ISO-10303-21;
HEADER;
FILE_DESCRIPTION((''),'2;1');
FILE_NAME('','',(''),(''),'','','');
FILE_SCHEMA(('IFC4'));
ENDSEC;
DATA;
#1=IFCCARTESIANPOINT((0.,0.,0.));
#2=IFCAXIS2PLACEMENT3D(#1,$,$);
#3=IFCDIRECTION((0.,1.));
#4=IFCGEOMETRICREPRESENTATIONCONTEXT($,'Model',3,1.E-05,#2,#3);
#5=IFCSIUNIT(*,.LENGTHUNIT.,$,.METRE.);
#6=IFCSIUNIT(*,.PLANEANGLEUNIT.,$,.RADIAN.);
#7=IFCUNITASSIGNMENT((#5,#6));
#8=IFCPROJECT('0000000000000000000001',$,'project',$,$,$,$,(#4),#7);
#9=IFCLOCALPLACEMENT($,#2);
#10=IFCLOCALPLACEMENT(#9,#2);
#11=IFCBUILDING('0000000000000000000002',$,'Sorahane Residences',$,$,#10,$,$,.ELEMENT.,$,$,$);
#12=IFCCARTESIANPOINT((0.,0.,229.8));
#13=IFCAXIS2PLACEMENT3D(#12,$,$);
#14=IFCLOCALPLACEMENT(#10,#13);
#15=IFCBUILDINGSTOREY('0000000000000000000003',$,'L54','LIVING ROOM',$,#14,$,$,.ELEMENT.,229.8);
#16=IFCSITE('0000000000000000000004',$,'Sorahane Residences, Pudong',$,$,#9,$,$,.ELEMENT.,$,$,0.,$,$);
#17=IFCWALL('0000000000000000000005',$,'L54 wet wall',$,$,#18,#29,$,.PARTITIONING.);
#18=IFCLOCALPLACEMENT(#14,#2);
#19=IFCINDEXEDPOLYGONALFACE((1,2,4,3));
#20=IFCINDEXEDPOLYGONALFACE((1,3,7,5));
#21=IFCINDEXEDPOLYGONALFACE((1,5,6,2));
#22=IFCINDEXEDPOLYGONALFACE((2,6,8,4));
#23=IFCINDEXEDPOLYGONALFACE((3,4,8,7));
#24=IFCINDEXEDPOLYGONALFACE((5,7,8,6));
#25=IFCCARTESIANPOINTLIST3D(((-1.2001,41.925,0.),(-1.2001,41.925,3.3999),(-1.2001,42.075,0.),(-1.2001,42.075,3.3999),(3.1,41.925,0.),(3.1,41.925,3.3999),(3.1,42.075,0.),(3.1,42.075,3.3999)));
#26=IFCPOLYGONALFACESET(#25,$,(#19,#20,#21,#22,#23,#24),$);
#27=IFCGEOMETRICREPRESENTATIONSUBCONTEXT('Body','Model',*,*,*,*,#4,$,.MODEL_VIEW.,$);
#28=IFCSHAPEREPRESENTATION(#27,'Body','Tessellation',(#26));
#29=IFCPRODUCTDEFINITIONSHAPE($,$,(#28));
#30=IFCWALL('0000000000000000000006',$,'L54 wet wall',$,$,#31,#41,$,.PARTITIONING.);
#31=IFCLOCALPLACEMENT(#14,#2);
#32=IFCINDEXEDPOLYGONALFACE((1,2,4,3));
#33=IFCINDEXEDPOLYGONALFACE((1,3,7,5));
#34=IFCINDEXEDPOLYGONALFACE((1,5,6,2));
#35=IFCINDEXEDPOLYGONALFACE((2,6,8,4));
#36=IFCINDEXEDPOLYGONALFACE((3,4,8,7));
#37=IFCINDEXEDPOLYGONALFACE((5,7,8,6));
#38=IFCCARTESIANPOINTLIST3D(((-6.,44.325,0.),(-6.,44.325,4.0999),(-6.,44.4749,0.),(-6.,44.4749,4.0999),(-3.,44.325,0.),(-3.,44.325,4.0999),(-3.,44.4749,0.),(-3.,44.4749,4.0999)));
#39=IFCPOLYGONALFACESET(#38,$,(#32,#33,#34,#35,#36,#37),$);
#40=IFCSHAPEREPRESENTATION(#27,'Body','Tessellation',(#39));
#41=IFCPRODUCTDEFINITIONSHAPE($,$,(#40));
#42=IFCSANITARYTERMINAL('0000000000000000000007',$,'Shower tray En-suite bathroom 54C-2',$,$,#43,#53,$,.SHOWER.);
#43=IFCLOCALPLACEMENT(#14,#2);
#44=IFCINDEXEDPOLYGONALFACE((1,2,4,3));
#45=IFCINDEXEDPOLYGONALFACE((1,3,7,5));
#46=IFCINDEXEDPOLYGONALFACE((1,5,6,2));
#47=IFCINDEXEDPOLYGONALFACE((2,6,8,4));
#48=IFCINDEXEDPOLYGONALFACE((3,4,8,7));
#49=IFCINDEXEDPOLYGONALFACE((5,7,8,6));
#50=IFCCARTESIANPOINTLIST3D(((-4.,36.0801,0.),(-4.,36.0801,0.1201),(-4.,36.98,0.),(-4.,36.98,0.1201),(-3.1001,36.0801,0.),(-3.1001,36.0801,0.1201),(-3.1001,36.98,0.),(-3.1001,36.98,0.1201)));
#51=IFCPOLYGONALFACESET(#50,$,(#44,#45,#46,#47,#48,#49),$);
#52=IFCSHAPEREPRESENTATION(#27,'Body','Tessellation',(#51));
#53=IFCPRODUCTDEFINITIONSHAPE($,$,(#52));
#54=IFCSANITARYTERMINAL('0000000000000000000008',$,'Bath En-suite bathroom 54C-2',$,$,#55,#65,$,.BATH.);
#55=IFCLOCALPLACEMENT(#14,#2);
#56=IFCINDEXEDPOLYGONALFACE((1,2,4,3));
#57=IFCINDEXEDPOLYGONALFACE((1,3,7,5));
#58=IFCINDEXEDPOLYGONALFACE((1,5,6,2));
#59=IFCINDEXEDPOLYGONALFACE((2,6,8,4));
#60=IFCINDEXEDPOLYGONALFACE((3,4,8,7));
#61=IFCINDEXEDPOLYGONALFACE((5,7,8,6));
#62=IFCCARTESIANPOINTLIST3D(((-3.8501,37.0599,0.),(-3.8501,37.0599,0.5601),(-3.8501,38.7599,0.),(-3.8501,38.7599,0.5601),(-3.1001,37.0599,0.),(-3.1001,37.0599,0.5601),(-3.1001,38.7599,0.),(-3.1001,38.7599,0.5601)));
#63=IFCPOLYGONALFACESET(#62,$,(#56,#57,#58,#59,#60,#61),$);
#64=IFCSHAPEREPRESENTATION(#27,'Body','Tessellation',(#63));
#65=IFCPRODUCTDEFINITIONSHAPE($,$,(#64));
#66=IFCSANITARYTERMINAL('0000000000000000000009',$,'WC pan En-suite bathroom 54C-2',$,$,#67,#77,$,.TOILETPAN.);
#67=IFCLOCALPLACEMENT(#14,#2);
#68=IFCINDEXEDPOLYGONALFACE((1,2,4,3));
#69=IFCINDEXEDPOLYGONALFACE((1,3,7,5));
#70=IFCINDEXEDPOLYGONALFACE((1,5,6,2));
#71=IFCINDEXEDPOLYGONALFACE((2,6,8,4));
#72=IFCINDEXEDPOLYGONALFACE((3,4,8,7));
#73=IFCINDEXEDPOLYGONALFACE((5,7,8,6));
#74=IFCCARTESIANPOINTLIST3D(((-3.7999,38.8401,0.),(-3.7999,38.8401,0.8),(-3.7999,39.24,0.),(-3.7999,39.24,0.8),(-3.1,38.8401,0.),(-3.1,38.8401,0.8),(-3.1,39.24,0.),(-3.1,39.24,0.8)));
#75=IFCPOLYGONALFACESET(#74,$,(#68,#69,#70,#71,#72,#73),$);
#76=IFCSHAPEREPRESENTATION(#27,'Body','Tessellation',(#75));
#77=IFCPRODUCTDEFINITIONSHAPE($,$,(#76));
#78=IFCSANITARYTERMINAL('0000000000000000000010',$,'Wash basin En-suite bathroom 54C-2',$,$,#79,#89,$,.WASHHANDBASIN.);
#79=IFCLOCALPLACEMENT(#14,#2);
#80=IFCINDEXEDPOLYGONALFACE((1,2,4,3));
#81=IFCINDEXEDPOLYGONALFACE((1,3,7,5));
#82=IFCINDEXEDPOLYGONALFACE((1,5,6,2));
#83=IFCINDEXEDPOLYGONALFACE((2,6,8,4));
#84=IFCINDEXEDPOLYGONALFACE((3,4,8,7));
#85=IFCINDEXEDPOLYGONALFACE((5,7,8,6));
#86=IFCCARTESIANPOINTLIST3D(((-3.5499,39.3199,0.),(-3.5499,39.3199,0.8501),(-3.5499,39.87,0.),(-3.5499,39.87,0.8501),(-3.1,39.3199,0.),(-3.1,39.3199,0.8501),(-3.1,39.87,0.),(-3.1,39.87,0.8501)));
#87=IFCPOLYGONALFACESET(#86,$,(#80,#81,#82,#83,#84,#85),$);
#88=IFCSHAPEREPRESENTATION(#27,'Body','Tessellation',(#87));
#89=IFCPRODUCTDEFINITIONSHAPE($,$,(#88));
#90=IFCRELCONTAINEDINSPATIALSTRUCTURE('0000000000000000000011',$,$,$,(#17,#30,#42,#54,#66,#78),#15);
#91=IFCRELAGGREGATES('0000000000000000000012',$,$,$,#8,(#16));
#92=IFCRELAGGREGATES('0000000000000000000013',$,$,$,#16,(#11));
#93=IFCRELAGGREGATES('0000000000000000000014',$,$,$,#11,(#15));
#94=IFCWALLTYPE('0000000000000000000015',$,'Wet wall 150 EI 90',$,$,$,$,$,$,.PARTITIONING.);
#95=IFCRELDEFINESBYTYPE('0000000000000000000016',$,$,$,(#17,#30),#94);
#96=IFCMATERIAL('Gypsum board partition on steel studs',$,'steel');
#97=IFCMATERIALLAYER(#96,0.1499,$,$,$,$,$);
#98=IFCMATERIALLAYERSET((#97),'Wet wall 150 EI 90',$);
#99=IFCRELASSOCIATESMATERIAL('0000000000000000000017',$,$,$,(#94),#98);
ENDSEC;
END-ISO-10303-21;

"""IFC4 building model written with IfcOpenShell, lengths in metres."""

from ifc_helpers import new_model, si_unit, direction, frame, frame_2d, origin, origin_2d, place, context, subcontext, project, spatial, rectangle, extrude, material, layer, layer_set, type_object, element, save


model = new_model("IFC4")

# Units and contexts
model_context = context("Model", 3, precision=1e-05, world=origin(), true_north=direction((0.0, 1.0)))
body_context = subcontext(model_context, "Body", "Model", "MODEL_VIEW")
ifc_project = project(units=[si_unit("LENGTHUNIT", "METRE"), si_unit("PLANEANGLEUNIT", "RADIAN")], contexts=[model_context])

# Site, building, storey
site_placement = place(None, origin())
site = spatial("IfcSite", under=ifc_project, at=site_placement, Name="Sorahane Residences, Pudong", CompositionType="ELEMENT", RefElevation=0.0)
building_placement = place(site_placement, origin())
building = spatial("IfcBuilding", under=site, at=building_placement, Name="Sorahane Residences", CompositionType="ELEMENT")
storey_placement = place(building_placement, frame((0.0, 0.0, 229.8)))
storey = spatial("IfcBuildingStorey", under=building, at=storey_placement, Name="L54", Description="LIVING ROOM", CompositionType="ELEMENT", Elevation=229.8)

# Walls
ifc_material_1 = material(Name="Gypsum board partition on steel studs", Category="steel")
ifc_layer_1 = layer(ifc_material_1, 0.1499)
ifc_layer_set_1 = layer_set([ifc_layer_1], Name="Wet wall 150 EI 90")
wall_type_1 = type_object("IfcWallType", Name="Wet wall 150 EI 90", PredefinedType="PARTITIONING", material=ifc_layer_set_1)
wall_1_placement = place(storey_placement, frame((-1.2, 42.0, 0.0), z_axis=(0.0, 0.0, 1.0), x_axis=(1.0, 0.0, 0.0)))
element("IfcWall", 1, at=wall_1_placement, inside=storey, type_object=wall_type_1, Name="L54 wet wall", PredefinedType="PARTITIONING", context=body_context, shape_type="SweptSolid", body=[
    extrude(rectangle(XDim=4.3, YDim=0.1499, at=frame_2d((2.1499, 0.0))), origin(), (0.0, 0.0, 1.0), 3.3999),
])
wall_2_placement = place(storey_placement, frame((-6.0, 44.3999, 0.0), z_axis=(0.0, 0.0, 1.0), x_axis=(1.0, 0.0, 0.0)))
element("IfcWall", 2, at=wall_2_placement, inside=storey, type_object=wall_type_1, Name="L54 wet wall", PredefinedType="PARTITIONING", context=body_context, shape_type="SweptSolid", body=[
    extrude(rectangle(XDim=3.0, YDim=0.1499, at=frame_2d((1.5, 0.0))), origin(), (0.0, 0.0, 1.0), 4.0999),
])

# Sanitary terminals
sanitary_terminal_1_placement = place(storey_placement, frame((-3.55, 36.53, 0.0), z_axis=(0.0, 0.0, 1.0), x_axis=(0.0, -1.0, 0.0)))
element("IfcSanitaryTerminal", 3, at=sanitary_terminal_1_placement, inside=storey, Name="Shower tray En-suite bathroom 54C-2", PredefinedType="SHOWER", context=body_context, shape_type="SweptSolid", body=[
    extrude(rectangle(XDim=0.8999, YDim=0.8999, at=origin_2d()), origin(), (0.0, 0.0, 1.0), 0.1201),
])
sanitary_terminal_2_placement = place(storey_placement, frame((-3.4751, 37.9099, 0.0), z_axis=(0.0, 0.0, 1.0), x_axis=(0.0, -1.0, 0.0)))
element("IfcSanitaryTerminal", 4, at=sanitary_terminal_2_placement, inside=storey, Name="Bath En-suite bathroom 54C-2", PredefinedType="BATH", context=body_context, shape_type="SweptSolid", body=[
    extrude(rectangle(XDim=1.7, YDim=0.75, at=origin_2d()), origin(), (0.0, 0.0, 1.0), 0.5601),
])
sanitary_terminal_3_placement = place(storey_placement, frame((-3.45, 39.04, 0.0), z_axis=(0.0, 0.0, 1.0), x_axis=(0.0, -1.0, 0.0)))
element("IfcSanitaryTerminal", 5, at=sanitary_terminal_3_placement, inside=storey, Name="WC pan En-suite bathroom 54C-2", PredefinedType="TOILETPAN", context=body_context, shape_type="SweptSolid", body=[
    extrude(rectangle(XDim=0.3999, YDim=0.7, at=origin_2d()), origin(), (0.0, 0.0, 1.0), 0.8),
])
sanitary_terminal_4_placement = place(storey_placement, frame((-3.325, 39.595, 0.0), z_axis=(0.0, 0.0, 1.0), x_axis=(0.0, -1.0, 0.0)))
element("IfcSanitaryTerminal", 6, at=sanitary_terminal_4_placement, inside=storey, Name="Wash basin En-suite bathroom 54C-2", PredefinedType="WASHHANDBASIN", context=body_context, shape_type="SweptSolid", body=[
    extrude(rectangle(XDim=0.55, YDim=0.45, at=origin_2d()), origin(), (0.0, 0.0, 1.0), 0.8501),
])

save(model, "model.ifc")
